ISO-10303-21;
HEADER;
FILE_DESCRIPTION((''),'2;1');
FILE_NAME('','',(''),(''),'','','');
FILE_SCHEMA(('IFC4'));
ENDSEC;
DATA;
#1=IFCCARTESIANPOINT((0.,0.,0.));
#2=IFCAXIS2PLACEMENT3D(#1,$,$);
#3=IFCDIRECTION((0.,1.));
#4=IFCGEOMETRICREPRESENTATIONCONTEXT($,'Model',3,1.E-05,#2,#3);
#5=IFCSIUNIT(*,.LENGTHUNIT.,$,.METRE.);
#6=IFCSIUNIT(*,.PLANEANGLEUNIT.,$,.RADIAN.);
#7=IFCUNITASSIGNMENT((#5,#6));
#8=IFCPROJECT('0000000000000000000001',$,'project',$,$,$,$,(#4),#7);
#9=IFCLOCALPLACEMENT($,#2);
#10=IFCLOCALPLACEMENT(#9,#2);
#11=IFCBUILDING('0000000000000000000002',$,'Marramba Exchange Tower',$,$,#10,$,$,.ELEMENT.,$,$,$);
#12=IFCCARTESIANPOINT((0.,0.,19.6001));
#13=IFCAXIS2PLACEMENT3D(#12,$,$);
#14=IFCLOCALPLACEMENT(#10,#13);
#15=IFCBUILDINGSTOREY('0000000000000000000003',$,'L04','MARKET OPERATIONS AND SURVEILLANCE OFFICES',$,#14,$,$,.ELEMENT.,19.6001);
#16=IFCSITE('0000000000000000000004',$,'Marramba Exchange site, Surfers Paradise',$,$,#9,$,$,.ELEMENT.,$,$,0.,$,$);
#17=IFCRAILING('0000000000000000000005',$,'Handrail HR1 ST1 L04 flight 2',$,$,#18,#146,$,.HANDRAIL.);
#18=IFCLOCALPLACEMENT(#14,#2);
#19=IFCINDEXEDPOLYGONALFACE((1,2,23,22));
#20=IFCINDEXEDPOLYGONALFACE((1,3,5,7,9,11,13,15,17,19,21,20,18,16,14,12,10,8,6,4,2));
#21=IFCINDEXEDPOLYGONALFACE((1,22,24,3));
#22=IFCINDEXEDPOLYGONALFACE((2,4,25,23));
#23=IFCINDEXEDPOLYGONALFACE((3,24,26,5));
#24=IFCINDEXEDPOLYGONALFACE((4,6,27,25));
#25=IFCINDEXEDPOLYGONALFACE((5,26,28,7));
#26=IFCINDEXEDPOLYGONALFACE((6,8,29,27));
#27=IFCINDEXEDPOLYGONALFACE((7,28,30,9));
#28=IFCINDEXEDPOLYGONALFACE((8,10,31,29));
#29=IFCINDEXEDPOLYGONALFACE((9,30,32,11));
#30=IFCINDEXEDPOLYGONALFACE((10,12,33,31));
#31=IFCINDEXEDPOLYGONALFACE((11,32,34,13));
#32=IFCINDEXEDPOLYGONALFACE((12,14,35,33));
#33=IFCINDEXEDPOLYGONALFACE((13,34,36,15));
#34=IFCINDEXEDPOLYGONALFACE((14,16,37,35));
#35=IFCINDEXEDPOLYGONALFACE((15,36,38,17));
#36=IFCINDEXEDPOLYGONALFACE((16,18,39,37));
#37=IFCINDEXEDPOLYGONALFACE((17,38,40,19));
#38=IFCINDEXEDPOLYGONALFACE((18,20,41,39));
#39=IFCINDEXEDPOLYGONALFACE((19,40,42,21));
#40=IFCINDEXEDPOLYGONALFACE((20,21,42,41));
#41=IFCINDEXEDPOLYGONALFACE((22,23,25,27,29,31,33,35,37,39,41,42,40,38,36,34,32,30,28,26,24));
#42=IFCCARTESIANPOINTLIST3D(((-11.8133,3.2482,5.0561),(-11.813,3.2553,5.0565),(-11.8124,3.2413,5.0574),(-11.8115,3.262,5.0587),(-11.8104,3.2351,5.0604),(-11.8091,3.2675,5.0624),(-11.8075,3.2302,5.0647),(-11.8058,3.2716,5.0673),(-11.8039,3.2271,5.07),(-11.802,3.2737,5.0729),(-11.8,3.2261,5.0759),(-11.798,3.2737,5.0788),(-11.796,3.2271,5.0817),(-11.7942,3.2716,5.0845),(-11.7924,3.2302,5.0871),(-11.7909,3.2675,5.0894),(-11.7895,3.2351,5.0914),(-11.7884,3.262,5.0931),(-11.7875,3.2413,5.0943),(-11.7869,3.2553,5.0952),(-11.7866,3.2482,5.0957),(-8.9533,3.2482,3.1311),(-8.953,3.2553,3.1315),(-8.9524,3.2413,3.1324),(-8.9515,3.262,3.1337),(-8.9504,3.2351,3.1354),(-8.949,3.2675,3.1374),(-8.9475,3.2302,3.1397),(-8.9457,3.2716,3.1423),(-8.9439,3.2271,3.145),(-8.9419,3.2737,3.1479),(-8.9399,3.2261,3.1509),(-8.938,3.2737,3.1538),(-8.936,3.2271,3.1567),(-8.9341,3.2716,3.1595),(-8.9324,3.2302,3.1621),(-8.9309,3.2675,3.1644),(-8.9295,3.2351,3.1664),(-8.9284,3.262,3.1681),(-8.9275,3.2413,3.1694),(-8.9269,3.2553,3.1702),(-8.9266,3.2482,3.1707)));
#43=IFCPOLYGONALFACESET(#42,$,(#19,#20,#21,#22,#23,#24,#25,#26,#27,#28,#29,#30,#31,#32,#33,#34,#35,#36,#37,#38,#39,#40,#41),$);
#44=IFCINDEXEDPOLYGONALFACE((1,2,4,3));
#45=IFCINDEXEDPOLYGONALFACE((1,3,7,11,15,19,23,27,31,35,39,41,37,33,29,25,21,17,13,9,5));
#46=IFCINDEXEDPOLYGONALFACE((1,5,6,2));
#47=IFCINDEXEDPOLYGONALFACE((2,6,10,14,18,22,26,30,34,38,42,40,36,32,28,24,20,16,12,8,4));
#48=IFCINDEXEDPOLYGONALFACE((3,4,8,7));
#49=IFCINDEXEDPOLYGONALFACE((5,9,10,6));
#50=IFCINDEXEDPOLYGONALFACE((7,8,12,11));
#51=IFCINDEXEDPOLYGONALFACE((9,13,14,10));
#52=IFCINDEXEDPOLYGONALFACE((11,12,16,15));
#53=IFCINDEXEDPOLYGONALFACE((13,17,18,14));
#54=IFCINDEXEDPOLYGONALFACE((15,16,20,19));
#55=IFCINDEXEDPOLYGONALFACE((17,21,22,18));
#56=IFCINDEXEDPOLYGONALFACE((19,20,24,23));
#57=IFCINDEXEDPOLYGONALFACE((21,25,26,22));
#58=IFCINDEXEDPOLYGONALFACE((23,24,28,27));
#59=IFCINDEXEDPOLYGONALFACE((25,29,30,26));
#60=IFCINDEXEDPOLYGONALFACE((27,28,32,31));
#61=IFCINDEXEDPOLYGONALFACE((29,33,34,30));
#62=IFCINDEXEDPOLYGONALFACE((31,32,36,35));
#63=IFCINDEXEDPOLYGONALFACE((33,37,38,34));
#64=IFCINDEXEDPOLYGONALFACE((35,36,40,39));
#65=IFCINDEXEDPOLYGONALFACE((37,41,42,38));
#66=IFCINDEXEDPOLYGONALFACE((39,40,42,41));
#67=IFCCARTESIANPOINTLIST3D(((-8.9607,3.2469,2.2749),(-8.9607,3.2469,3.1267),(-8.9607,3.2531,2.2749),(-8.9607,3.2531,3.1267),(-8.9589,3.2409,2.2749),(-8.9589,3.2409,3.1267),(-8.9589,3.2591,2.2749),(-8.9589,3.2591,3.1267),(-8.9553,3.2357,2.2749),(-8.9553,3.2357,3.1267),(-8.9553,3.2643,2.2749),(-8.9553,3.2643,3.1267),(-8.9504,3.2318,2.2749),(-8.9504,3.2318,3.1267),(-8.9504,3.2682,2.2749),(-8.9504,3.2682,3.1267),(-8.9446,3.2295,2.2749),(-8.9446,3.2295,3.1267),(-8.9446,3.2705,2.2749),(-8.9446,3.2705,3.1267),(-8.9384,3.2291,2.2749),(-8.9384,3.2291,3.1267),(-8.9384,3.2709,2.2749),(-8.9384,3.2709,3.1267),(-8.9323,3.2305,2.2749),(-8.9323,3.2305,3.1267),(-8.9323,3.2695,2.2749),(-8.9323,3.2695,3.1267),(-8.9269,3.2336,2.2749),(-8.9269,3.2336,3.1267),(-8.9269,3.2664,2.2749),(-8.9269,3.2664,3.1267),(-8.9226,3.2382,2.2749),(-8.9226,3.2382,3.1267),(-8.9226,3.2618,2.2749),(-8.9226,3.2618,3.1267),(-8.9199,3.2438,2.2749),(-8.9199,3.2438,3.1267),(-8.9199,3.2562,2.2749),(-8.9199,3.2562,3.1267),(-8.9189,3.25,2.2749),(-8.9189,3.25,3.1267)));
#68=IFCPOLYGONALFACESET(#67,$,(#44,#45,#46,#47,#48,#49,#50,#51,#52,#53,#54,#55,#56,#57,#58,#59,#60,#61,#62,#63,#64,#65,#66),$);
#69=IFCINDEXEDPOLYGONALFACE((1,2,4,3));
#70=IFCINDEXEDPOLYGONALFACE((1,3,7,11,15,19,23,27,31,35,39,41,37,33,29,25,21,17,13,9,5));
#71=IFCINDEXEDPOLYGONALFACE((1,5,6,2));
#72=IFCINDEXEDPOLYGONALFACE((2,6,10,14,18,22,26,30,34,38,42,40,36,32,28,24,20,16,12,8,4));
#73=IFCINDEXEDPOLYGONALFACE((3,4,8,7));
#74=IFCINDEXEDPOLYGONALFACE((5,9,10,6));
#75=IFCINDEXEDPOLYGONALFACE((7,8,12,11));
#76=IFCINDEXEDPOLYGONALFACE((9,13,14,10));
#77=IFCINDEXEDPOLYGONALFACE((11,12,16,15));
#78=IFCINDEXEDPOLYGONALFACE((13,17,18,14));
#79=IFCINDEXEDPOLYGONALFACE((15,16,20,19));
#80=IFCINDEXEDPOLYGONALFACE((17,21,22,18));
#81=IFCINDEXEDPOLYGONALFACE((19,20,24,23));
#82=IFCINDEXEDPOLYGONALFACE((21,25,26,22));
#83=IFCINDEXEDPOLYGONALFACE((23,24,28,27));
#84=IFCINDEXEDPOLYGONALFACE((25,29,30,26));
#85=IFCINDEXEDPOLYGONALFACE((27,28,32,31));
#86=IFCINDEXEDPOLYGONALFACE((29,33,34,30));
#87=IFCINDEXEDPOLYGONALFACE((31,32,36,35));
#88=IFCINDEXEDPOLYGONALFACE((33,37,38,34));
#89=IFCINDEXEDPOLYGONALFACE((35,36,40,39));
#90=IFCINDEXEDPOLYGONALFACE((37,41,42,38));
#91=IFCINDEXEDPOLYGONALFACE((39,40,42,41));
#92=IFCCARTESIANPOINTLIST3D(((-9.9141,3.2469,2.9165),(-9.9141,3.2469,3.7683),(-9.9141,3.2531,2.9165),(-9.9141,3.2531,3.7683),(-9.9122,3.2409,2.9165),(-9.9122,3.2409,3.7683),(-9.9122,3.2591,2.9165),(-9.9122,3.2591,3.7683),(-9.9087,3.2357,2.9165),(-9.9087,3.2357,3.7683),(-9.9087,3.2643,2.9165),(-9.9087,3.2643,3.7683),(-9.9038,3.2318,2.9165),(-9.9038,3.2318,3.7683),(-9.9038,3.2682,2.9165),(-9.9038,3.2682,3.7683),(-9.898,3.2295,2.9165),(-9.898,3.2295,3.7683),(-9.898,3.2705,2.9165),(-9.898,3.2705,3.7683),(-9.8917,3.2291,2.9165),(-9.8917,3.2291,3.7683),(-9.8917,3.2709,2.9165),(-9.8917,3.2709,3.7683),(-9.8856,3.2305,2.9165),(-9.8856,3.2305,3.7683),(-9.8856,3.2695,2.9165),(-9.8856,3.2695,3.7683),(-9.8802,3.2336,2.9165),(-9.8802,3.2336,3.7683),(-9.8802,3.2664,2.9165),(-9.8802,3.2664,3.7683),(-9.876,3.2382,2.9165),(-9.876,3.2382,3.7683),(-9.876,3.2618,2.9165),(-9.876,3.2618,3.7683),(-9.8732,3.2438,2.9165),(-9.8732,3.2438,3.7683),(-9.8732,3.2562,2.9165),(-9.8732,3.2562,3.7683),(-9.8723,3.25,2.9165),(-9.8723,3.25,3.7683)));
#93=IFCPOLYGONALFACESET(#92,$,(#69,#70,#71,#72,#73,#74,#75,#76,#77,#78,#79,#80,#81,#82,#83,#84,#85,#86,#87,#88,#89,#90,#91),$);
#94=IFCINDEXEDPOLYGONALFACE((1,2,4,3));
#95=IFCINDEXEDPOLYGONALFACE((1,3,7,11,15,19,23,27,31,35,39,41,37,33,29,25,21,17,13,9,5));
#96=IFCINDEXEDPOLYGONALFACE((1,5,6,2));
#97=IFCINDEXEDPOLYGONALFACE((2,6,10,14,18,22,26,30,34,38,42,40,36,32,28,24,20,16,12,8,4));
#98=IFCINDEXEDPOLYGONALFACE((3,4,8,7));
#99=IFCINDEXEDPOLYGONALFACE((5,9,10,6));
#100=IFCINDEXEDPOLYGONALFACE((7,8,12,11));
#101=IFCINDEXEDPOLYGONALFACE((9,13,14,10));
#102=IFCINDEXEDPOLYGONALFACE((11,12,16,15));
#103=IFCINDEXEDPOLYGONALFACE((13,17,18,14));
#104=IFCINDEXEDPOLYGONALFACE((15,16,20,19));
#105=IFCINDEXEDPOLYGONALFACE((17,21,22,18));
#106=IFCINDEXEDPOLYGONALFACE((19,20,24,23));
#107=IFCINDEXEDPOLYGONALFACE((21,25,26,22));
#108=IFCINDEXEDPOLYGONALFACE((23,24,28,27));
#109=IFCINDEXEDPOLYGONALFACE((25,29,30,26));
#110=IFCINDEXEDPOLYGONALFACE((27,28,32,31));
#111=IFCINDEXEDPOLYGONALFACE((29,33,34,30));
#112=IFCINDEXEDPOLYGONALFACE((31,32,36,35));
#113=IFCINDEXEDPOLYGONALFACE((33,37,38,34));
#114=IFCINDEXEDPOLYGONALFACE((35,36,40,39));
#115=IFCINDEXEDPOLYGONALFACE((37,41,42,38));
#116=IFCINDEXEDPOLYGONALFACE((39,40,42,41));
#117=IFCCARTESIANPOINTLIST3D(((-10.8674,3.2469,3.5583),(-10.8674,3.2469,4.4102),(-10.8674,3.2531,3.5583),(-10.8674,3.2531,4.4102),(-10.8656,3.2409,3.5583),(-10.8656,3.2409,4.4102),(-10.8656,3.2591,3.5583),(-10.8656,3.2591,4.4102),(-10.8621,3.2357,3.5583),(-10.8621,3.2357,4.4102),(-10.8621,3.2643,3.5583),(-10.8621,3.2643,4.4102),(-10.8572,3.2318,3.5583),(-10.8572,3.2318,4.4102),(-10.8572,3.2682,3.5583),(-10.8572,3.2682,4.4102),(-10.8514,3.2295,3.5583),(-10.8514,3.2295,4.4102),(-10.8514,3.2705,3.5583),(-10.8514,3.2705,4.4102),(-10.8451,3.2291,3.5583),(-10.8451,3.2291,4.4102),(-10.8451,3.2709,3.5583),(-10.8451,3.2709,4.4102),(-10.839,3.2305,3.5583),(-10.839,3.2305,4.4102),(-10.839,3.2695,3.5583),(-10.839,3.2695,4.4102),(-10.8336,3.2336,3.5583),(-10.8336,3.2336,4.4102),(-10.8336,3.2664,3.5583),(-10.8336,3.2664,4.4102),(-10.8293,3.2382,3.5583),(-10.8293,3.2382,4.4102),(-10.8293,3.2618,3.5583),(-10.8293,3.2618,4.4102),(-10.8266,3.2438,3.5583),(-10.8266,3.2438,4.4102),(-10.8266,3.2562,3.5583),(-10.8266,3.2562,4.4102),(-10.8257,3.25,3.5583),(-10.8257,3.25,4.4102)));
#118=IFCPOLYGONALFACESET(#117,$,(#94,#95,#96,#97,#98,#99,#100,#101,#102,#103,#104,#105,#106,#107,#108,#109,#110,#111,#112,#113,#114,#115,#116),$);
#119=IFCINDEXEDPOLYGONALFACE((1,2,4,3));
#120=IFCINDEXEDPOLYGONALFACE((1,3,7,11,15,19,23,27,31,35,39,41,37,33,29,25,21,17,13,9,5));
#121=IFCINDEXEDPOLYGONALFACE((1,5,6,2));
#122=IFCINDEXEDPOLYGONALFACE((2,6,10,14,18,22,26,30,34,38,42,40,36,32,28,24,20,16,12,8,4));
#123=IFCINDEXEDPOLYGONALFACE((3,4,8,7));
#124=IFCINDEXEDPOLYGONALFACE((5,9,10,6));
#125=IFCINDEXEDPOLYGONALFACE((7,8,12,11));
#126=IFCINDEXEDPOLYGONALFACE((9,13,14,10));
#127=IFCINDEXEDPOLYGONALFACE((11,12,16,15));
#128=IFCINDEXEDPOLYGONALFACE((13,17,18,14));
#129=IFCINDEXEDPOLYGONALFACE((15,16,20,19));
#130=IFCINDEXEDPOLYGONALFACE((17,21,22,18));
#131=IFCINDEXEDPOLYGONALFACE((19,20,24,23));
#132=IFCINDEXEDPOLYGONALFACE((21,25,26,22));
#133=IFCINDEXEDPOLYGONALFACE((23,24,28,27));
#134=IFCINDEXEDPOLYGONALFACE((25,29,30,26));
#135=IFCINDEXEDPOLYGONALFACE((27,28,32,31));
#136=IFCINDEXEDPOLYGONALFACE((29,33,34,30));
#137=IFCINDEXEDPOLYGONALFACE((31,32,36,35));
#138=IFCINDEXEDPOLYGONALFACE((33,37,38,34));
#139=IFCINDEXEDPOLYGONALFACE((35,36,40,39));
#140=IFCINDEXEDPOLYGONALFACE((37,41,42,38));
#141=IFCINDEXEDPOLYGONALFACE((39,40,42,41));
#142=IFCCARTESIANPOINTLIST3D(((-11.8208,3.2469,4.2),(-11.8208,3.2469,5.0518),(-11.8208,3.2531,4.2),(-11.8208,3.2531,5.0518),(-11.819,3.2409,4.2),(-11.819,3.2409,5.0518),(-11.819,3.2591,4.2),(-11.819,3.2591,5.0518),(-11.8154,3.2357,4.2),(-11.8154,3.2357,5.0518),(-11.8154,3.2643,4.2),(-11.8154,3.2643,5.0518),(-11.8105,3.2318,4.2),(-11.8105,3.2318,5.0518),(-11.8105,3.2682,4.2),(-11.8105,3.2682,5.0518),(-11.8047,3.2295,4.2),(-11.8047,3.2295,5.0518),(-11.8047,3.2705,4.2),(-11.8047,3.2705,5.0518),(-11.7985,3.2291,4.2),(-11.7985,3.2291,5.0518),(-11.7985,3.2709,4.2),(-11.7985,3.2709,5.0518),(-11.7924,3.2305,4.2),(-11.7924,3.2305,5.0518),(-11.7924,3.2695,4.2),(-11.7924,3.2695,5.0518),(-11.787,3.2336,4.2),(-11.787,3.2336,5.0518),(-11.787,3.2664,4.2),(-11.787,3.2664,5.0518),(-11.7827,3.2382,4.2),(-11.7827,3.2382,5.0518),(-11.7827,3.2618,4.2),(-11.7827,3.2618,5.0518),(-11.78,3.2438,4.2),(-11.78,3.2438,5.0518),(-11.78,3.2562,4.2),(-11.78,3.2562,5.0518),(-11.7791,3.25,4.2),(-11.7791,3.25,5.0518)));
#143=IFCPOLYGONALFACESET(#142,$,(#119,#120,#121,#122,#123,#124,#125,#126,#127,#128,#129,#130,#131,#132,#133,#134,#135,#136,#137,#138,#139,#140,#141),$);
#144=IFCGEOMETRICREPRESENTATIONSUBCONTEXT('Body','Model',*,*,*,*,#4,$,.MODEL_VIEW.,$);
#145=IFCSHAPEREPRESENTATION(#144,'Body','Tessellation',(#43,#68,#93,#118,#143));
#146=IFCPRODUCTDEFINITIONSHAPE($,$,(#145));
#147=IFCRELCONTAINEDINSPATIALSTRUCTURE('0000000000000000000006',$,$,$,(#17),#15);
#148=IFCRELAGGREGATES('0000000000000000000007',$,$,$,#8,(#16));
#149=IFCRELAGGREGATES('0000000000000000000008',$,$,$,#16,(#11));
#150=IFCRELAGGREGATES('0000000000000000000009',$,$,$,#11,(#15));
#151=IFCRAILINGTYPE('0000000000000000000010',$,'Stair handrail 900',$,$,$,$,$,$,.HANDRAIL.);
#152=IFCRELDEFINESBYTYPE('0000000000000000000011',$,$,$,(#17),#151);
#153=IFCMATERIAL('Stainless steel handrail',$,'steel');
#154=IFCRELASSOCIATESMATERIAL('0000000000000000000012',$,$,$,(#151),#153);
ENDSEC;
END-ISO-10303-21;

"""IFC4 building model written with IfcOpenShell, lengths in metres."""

from ifc_helpers import new_model, si_unit, direction, frame, origin, origin_2d, place, context, subcontext, project, spatial, circle, extrude, material, type_object, element, save


model = new_model("IFC4")

# Units and contexts
model_context = context("Model", 3, precision=1e-05, world=origin(), true_north=direction((0.0, 1.0)))
body_context = subcontext(model_context, "Body", "Model", "MODEL_VIEW")
ifc_project = project(units=[si_unit("LENGTHUNIT", "METRE"), si_unit("PLANEANGLEUNIT", "RADIAN")], contexts=[model_context])

# Site, building, storey
site_placement = place(None, origin())
site = spatial("IfcSite", under=ifc_project, at=site_placement, Name="Marramba Exchange site, Surfers Paradise", CompositionType="ELEMENT", RefElevation=0.0)
building_placement = place(site_placement, origin())
building = spatial("IfcBuilding", under=site, at=building_placement, Name="Marramba Exchange Tower", CompositionType="ELEMENT")
storey_placement = place(building_placement, frame((0.0, 0.0, 19.6001)))
storey = spatial("IfcBuildingStorey", under=building, at=storey_placement, Name="L04", Description="MARKET OPERATIONS AND SURVEILLANCE OFFICES", CompositionType="ELEMENT", Elevation=19.6001)

# Railing
ifc_material_1 = material(Name="Stainless steel handrail", Category="steel")
railing_type = type_object("IfcRailingType", Name="Stair handrail 900", PredefinedType="HANDRAIL", material=ifc_material_1)
railing_1_placement = place(storey_placement, frame((-8.9399, 3.25, 2.2749)))
element("IfcRailing", 1, at=railing_1_placement, inside=storey, type_object=railing_type, Name="Handrail HR1 ST1 L04 flight 2", PredefinedType="HANDRAIL", context=body_context, shape_type="SweptSolid", body=[
    extrude(circle(Radius=0.0239, at=origin_2d()), frame((0.0, 0.0, 0.876), z_axis=(-0.829591, 0.0, 0.558372), x_axis=(0.0, -1.0, 0.0)), (0.0, 0.0, 1.0), 3.4475),
    extrude(circle(Radius=0.021, at=origin_2d()), origin(), (0.0, 0.0, 1.0), 0.8518),
    extrude(circle(Radius=0.021, at=origin_2d()), frame((-0.9534, 0.0, 0.6416)), (0.0, 0.0, 1.0), 0.8518),
    extrude(circle(Radius=0.021, at=origin_2d()), frame((-1.9067, 0.0, 1.2834)), (0.0, 0.0, 1.0), 0.8518),
    extrude(circle(Radius=0.021, at=origin_2d()), frame((-2.8601, 0.0, 1.925)), (0.0, 0.0, 1.0), 0.8518),
])

save(model, "model.ifc")
